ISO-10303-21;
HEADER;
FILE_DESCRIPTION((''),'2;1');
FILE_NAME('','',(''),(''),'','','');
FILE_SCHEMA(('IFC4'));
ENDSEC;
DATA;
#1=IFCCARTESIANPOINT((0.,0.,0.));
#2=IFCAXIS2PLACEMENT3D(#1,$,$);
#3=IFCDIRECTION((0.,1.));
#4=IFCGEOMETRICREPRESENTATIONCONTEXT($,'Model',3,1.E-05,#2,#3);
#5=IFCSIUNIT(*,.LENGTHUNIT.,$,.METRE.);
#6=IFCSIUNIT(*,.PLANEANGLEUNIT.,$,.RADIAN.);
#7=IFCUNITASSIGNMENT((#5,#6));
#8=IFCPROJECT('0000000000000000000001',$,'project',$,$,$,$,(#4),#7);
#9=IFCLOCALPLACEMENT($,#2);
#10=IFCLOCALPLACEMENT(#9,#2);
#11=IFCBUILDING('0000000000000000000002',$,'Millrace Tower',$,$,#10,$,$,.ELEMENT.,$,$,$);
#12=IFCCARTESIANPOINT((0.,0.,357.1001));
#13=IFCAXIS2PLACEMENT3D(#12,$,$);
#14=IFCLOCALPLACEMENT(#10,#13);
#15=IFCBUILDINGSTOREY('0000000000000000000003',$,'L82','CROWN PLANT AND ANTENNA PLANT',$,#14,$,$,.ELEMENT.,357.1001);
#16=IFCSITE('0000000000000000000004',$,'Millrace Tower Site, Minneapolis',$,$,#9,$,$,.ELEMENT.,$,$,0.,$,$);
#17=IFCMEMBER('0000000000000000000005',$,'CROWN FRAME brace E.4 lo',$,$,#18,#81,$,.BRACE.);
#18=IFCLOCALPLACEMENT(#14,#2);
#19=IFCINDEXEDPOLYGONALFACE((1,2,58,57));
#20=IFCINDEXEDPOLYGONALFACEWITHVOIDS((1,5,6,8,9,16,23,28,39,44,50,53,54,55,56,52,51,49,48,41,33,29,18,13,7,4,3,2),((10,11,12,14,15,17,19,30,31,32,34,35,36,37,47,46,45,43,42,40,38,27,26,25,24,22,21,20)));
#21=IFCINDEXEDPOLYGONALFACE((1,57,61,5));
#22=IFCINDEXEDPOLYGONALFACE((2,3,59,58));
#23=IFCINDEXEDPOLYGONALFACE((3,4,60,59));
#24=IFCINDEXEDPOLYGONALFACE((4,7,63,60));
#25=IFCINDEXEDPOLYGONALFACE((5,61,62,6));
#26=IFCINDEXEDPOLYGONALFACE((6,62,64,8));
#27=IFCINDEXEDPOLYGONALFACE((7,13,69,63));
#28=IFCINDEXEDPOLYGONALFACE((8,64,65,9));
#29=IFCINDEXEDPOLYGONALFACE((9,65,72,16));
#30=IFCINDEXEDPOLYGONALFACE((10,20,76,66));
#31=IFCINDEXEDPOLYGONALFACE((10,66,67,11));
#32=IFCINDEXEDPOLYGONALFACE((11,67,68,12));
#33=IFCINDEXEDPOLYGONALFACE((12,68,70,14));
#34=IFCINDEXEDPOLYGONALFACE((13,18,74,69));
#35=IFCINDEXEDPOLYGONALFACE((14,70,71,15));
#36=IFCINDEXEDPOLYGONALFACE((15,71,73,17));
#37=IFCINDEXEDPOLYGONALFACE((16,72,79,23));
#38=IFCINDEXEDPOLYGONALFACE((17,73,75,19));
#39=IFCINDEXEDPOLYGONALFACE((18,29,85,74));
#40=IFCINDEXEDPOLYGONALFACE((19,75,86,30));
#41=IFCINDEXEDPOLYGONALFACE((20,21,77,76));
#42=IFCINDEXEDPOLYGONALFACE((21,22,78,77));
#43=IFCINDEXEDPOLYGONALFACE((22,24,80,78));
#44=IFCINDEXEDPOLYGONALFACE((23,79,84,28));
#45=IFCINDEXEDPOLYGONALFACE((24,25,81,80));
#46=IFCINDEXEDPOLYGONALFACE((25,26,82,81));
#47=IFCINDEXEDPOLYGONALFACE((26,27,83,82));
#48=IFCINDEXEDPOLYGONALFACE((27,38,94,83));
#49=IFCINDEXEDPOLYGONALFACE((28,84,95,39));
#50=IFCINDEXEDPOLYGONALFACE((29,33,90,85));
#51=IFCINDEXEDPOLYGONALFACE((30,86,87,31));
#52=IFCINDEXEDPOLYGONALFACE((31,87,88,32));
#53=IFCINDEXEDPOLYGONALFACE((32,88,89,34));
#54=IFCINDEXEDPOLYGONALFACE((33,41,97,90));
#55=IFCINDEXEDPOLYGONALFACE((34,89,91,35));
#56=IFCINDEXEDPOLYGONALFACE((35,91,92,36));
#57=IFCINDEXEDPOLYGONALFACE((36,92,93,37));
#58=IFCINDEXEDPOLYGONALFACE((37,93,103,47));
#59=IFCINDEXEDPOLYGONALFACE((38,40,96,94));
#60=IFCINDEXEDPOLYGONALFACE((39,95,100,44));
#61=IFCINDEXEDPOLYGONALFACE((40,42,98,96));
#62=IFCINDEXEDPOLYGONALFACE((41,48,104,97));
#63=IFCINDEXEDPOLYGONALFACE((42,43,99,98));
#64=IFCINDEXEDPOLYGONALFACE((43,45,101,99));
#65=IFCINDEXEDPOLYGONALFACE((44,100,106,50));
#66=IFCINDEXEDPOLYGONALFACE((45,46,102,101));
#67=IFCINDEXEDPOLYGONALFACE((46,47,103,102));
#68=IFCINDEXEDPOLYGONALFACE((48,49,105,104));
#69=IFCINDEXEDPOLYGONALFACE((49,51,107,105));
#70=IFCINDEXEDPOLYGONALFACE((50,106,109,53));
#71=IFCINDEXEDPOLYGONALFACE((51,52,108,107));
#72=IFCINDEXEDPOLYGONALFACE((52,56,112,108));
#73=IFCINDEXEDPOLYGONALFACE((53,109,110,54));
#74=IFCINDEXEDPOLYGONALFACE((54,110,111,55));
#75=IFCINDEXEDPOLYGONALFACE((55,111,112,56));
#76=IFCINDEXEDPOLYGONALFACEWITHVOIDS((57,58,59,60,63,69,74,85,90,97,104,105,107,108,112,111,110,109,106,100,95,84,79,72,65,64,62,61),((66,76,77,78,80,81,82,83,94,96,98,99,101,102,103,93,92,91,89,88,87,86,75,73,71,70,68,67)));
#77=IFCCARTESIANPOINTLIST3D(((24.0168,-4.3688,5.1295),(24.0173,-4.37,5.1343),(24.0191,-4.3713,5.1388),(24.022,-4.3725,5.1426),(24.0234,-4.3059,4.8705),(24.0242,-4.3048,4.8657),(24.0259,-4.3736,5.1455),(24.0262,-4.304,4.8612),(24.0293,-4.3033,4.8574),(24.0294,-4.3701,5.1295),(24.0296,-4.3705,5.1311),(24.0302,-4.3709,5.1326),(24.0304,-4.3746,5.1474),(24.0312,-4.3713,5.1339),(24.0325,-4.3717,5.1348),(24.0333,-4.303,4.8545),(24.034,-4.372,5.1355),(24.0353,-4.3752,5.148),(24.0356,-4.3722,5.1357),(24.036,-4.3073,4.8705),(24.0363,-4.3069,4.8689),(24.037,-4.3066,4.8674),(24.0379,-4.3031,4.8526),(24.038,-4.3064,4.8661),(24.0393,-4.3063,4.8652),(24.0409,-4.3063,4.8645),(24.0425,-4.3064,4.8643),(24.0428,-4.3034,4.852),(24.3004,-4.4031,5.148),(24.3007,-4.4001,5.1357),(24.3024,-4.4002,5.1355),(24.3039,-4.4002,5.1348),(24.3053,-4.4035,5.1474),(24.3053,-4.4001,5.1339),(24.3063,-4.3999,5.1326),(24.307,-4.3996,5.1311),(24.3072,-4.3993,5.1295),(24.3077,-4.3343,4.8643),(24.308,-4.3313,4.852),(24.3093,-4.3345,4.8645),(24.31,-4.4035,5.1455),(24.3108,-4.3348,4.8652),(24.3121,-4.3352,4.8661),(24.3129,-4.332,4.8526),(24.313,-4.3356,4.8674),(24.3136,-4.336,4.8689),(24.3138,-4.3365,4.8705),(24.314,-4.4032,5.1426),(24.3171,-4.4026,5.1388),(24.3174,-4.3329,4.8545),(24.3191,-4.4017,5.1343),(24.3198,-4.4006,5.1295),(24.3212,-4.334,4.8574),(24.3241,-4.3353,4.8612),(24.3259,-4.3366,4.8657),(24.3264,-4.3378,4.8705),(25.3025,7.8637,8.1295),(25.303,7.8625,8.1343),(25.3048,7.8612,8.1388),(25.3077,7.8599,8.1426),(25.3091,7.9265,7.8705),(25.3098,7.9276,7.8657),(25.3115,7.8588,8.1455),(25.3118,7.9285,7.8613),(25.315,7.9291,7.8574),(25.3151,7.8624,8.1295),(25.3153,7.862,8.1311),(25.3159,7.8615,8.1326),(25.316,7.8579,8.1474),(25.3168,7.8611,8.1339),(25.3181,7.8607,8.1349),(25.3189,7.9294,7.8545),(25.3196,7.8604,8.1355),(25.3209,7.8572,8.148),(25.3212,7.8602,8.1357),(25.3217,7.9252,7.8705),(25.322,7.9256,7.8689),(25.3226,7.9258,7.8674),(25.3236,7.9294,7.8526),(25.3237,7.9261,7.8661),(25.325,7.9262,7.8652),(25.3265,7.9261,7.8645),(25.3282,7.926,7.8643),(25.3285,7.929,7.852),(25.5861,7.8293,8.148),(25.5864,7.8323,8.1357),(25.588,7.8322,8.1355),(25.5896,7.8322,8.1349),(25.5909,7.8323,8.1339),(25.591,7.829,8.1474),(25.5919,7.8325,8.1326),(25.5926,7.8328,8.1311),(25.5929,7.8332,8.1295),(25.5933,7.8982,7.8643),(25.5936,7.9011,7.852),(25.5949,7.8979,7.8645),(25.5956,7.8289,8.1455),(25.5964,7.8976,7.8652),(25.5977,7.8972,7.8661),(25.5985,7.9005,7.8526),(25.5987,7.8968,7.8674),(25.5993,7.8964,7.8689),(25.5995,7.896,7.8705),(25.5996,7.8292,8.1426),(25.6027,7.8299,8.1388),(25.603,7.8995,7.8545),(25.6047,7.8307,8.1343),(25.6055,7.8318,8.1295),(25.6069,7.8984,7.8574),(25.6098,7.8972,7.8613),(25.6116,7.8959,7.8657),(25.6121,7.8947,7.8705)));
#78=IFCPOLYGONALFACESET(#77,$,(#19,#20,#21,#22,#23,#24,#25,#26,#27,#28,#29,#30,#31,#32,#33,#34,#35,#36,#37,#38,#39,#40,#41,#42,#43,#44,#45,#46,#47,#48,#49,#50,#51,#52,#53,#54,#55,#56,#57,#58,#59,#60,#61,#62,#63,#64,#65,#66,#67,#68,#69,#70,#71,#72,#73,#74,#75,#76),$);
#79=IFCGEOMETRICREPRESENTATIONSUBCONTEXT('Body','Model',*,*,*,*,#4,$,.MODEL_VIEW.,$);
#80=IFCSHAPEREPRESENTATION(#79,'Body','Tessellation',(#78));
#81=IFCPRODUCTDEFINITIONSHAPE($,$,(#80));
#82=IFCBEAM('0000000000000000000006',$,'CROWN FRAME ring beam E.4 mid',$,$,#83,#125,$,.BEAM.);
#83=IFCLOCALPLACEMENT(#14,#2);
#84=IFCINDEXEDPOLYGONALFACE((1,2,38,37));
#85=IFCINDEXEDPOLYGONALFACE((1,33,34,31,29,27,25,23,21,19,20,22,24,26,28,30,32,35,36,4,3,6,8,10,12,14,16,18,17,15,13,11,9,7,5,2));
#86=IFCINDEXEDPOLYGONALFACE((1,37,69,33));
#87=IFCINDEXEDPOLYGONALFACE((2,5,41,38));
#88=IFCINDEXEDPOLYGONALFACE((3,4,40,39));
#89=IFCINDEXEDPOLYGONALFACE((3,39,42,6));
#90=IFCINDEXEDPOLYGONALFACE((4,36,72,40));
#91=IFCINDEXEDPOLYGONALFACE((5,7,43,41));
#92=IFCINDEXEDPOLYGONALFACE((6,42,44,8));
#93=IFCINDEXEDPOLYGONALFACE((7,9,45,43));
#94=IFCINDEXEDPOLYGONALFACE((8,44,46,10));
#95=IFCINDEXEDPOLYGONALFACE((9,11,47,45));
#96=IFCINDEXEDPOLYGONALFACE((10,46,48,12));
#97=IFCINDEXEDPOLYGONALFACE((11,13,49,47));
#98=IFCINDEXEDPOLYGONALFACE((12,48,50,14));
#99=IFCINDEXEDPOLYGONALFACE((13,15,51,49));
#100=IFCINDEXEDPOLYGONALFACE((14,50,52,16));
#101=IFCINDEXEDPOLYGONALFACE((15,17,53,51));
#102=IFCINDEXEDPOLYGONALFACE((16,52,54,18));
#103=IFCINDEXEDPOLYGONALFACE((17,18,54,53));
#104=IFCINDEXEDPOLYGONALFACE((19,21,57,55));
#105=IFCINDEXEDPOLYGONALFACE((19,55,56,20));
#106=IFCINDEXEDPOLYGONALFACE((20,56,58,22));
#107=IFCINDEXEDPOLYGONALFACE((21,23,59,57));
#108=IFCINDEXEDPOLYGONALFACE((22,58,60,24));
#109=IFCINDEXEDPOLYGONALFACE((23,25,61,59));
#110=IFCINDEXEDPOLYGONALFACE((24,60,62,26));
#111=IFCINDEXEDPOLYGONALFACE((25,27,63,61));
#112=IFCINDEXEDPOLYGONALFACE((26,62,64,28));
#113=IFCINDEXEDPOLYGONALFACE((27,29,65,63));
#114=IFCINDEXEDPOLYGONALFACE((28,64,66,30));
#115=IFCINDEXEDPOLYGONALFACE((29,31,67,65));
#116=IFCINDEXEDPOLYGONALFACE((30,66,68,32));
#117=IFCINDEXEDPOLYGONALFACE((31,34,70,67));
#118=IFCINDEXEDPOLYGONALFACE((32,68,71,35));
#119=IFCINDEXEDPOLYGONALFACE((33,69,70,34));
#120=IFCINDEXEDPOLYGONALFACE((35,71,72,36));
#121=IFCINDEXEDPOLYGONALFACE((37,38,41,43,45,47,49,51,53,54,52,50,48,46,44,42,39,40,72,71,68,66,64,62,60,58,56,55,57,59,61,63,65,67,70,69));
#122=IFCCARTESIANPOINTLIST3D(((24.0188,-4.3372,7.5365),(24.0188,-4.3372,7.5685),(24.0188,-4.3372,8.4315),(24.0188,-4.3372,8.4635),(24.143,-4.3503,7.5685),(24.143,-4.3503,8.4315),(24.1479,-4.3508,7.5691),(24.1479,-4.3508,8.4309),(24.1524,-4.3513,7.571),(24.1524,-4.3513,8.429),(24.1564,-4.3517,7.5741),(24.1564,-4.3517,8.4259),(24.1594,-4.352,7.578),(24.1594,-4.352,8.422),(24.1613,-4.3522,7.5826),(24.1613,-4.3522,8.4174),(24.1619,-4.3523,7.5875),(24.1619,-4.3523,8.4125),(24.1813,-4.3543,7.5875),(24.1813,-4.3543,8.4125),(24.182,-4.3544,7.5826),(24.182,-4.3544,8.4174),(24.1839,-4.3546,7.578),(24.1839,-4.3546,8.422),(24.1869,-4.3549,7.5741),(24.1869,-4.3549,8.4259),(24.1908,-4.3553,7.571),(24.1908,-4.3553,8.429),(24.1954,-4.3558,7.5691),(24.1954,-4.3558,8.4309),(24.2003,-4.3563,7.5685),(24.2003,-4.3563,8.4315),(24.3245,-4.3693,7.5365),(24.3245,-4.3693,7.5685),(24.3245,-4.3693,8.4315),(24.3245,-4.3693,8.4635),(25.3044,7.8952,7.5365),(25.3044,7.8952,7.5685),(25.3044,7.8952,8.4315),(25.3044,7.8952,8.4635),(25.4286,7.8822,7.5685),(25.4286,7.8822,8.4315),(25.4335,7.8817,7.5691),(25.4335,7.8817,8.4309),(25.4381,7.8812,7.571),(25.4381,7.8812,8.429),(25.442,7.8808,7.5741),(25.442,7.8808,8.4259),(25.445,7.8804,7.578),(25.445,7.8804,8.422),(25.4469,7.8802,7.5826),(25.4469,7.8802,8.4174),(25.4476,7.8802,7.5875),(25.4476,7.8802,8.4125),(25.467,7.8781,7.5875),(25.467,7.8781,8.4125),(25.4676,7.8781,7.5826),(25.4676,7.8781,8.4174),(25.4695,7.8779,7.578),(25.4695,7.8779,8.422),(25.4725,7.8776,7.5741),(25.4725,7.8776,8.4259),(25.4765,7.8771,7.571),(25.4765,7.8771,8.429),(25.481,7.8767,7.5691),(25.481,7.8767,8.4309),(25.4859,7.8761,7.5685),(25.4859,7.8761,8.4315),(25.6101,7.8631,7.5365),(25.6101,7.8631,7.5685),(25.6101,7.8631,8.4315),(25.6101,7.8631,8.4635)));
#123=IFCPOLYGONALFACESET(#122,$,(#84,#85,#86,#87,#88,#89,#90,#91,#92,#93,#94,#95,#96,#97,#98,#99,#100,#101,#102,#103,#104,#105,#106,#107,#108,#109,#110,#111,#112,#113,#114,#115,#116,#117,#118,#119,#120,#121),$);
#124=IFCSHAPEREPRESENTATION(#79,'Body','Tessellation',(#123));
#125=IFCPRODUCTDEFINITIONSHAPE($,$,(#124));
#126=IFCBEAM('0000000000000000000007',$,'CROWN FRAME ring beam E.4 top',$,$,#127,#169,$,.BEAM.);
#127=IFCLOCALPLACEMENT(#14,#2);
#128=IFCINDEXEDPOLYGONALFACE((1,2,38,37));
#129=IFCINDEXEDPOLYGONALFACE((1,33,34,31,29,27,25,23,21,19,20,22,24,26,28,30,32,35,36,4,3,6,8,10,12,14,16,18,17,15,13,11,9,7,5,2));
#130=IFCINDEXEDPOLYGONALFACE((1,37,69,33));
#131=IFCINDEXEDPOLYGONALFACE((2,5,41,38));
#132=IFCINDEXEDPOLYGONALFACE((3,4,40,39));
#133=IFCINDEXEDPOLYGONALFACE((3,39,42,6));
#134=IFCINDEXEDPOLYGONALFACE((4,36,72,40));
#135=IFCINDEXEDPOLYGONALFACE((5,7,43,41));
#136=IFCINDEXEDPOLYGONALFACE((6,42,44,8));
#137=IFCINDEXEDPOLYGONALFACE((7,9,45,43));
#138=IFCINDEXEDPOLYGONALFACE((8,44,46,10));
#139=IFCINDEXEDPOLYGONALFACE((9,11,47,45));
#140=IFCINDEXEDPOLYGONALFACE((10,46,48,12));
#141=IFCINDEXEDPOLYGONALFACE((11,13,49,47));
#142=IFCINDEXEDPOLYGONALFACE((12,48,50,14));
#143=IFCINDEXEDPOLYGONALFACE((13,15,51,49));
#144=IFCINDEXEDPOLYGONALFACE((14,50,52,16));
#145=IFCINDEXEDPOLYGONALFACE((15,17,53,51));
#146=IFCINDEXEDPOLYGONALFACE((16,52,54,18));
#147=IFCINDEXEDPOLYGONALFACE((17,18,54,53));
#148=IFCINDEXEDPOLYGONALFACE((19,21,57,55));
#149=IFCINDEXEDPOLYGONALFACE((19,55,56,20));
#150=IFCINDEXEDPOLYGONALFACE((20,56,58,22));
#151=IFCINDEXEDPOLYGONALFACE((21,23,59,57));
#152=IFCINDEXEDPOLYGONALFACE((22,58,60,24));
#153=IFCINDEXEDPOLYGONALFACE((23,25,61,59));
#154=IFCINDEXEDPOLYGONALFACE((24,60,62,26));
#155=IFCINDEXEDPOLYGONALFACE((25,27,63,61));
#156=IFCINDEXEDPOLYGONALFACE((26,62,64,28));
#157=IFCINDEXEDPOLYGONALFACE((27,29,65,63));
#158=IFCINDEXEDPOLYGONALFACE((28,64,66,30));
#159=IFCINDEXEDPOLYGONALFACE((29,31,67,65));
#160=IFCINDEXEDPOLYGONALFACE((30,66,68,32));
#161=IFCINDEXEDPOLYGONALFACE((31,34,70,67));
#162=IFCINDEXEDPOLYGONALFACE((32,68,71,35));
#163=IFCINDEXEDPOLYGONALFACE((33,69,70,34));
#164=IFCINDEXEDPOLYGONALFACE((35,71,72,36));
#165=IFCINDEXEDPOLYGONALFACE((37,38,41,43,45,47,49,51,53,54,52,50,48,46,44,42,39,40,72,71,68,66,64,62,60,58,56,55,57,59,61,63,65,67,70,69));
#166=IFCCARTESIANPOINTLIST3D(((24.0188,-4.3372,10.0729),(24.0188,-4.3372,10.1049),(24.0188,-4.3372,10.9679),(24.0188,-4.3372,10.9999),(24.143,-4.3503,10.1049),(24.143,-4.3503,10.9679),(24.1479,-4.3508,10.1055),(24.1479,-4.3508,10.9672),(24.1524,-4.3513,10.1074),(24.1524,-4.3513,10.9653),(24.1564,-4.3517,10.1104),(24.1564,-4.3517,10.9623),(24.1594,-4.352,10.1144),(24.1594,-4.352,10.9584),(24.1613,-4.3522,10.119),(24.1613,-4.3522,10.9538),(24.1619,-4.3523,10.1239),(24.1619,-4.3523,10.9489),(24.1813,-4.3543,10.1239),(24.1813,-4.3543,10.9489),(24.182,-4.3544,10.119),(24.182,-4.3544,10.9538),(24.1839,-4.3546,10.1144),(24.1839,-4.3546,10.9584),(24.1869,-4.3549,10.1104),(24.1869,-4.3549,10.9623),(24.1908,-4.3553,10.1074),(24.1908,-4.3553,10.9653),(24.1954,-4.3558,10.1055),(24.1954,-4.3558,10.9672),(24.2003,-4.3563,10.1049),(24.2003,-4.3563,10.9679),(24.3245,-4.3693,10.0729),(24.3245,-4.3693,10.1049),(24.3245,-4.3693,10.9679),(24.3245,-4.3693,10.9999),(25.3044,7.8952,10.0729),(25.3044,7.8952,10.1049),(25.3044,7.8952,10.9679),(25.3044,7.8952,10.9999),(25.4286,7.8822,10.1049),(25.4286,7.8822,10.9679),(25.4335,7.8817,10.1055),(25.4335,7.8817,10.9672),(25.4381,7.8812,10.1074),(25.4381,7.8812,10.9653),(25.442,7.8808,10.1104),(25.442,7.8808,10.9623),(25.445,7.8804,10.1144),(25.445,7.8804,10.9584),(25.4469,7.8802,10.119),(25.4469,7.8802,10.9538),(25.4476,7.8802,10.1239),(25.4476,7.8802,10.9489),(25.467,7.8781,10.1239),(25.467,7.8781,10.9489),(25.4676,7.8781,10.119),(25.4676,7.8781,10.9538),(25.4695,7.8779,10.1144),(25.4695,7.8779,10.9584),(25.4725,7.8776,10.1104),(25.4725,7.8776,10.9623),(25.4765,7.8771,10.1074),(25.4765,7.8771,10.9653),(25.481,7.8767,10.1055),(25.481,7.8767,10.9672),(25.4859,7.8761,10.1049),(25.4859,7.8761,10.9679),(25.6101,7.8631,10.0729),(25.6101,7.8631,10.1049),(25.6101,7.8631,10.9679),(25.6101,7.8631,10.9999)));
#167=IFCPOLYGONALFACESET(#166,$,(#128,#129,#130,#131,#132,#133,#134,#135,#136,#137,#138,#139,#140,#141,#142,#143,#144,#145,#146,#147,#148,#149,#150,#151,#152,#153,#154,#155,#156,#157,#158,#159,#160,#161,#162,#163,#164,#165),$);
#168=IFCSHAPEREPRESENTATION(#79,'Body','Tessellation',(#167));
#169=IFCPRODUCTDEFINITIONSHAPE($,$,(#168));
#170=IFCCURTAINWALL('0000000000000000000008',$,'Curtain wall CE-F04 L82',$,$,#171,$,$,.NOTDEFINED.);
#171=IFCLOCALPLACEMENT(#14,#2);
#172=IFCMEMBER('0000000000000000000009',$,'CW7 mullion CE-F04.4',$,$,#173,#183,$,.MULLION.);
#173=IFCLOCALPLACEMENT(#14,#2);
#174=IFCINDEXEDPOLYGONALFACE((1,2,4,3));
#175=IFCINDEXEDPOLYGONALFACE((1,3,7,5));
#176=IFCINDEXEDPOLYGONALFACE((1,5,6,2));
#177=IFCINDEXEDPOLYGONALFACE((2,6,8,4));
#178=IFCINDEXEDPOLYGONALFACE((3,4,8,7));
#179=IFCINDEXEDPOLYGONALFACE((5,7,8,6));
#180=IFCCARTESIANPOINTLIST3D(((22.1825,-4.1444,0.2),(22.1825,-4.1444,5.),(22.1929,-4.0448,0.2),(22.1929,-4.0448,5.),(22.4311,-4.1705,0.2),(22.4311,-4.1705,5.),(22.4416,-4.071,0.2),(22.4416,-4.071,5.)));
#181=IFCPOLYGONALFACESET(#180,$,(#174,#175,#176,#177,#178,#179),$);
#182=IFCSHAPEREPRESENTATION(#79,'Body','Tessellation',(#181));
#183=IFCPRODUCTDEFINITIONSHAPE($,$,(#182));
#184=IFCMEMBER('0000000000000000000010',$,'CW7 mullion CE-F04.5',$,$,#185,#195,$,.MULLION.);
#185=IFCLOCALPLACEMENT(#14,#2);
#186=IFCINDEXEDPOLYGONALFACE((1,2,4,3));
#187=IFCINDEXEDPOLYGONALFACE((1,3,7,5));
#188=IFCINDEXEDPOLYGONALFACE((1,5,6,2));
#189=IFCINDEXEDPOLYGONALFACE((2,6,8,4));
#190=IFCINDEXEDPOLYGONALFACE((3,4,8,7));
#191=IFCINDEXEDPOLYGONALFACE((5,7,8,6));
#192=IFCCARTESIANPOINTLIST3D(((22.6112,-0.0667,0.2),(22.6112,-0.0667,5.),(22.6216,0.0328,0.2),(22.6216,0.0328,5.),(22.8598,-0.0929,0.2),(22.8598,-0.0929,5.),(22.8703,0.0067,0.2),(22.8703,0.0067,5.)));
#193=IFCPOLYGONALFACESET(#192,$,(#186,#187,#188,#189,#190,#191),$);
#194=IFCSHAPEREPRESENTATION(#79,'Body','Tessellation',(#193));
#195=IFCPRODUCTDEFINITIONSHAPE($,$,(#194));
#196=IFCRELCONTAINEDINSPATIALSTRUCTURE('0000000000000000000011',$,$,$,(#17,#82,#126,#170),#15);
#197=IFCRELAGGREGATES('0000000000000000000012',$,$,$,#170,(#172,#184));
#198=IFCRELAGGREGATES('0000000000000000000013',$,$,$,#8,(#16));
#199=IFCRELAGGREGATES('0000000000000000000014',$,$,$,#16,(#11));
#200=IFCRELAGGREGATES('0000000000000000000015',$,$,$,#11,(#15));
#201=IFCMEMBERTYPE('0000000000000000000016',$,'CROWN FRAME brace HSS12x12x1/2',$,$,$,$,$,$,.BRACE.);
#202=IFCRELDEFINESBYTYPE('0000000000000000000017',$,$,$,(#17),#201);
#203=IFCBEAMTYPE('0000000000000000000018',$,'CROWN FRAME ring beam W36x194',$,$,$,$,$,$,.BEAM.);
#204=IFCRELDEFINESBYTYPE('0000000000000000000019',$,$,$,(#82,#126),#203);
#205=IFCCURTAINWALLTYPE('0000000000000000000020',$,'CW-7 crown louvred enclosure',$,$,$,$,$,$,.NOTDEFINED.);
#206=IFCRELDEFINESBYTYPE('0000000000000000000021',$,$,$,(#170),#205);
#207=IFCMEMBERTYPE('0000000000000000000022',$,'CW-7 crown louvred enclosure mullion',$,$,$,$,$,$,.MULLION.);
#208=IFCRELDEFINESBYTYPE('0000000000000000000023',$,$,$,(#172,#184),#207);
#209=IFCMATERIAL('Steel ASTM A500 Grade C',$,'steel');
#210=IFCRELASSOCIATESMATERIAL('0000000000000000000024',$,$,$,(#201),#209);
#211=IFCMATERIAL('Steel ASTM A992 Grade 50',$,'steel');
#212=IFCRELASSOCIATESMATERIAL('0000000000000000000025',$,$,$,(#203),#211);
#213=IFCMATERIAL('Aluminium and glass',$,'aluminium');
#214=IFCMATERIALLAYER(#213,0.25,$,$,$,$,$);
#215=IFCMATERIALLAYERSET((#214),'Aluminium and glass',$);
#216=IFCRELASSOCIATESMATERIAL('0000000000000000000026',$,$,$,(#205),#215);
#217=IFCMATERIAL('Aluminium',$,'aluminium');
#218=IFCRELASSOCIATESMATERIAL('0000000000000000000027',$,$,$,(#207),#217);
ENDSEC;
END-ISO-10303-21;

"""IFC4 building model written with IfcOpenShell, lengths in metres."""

from ifc_helpers import new_model, si_unit, direction, frame, origin, origin_2d, place, context, subcontext, project, spatial, rectangle, hollow_rectangle, i_section, extrude, material, layer, layer_set, material_profile, profile_set, type_object, element, aggregate, save


model = new_model("IFC4")

# Units and contexts
model_context = context("Model", 3, precision=1e-05, world=origin(), true_north=direction((0.0, 1.0)))
body_context = subcontext(model_context, "Body", "Model", "MODEL_VIEW")
ifc_project = project(units=[si_unit("LENGTHUNIT", "METRE"), si_unit("PLANEANGLEUNIT", "RADIAN")], contexts=[model_context])

# Site, building, storey
site_placement = place(None, origin())
site = spatial("IfcSite", under=ifc_project, at=site_placement, Name="Millrace Tower Site, Minneapolis", CompositionType="ELEMENT", RefElevation=0.0)
building_placement = place(site_placement, origin())
building = spatial("IfcBuilding", under=site, at=building_placement, Name="Millrace Tower", CompositionType="ELEMENT")
storey_placement = place(building_placement, frame((0.0, 0.0, 357.1001)))
storey = spatial("IfcBuildingStorey", under=building, at=storey_placement, Name="L82", Description="CROWN PLANT AND ANTENNA PLANT", CompositionType="ELEMENT", Elevation=357.1001)

# Member
ifc_material_1 = material(Name="Steel ASTM A500 Grade C", Category="steel")
ifc_material_profile_1 = material_profile(ifc_material_1, hollow_rectangle(XDim=0.3047, YDim=0.3047, WallThickness=0.0127, InnerFilletRadius=0.0063, OuterFilletRadius=0.019, at=origin_2d()))
ifc_profile_set_1 = profile_set([ifc_material_profile_1], Name="Steel ASTM A500 Grade C")
member_type_1 = type_object("IfcMemberType", Name="CROWN FRAME brace HSS12x12x1/2", PredefinedType="BRACE", material=ifc_profile_set_1)
member_1_placement = place(storey_placement, frame((24.1716, -4.3533, 5.0), z_axis=(0.101549, 0.966198, 0.23696), x_axis=(-0.994522, 0.104526, 0.0)))
element("IfcMember", 1, at=member_1_placement, inside=storey, type_object=member_type_1, Name="CROWN FRAME brace E.4 lo", PredefinedType="BRACE", context=body_context, shape_type="SweptSolid", body=[
    extrude(hollow_rectangle(XDim=0.3047, YDim=0.3047, WallThickness=0.0127, InnerFilletRadius=0.0063, OuterFilletRadius=0.019, at=origin_2d()), origin(), (0.0, 0.0, 1.0), 12.6604),
])

# Beams
ifc_material_2 = material(Name="Steel ASTM A992 Grade 50", Category="steel")
ifc_material_profile_2 = material_profile(ifc_material_2, i_section(OverallWidth=0.3074, OverallDepth=0.927, WebThickness=0.0195, FlangeThickness=0.032, FilletRadius=0.019, at=origin_2d()))
ifc_profile_set_2 = profile_set([ifc_material_profile_2], Name="Steel ASTM A992 Grade 50")
beam_type_1 = type_object("IfcBeamType", Name="CROWN FRAME ring beam W36x194", PredefinedType="BEAM", material=ifc_profile_set_2)
for number, where, z_axis, x_axis, name in (
    (2, (24.1716, -4.3533, 8.0), (0.104526, 0.994522, 0.0), (-0.994522, 0.104526, 0.0), "CROWN FRAME ring beam E.4 mid"),
    (3, (24.1716, -4.3533, 10.5364), (0.104526, 0.994522, 0.0), (-0.994522, 0.104526, 0.0), "CROWN FRAME ring beam E.4 top"),
):
    element("IfcBeam", number, at=place(storey_placement, frame(where, z_axis=z_axis, x_axis=x_axis)), inside=storey, type_object=beam_type_1, Name=name, PredefinedType="BEAM", context=body_context, shape_type="SweptSolid", body=[
        extrude(i_section(OverallWidth=0.3074, OverallDepth=0.927, WebThickness=0.0195, FlangeThickness=0.032, FilletRadius=0.019, at=origin_2d()), origin(), (0.0, 0.0, 1.0), 12.2998),
    ])

# Curtain wall, members
ifc_material_3 = material(Name="Aluminium and glass", Category="aluminium")
ifc_layer_1 = layer(ifc_material_3, 0.25)
ifc_layer_set_1 = layer_set([ifc_layer_1], Name="Aluminium and glass")
curtain_wall_type = type_object("IfcCurtainWallType", Name="CW-7 crown louvred enclosure", PredefinedType="NOTDEFINED", material=ifc_layer_set_1)
curtain_wall_placement = place(storey_placement, origin())
curtain_wall = element("IfcCurtainWall", 4, at=curtain_wall_placement, inside=storey, type_object=curtain_wall_type, Name="Curtain wall CE-F04 L82", PredefinedType="NOTDEFINED")
ifc_material_4 = material(Name="Aluminium", Category="aluminium")
ifc_material_profile_3 = material_profile(ifc_material_4, rectangle(XDim=0.1001, YDim=0.25, at=origin_2d()))
ifc_profile_set_3 = profile_set([ifc_material_profile_3], Name="Aluminium")
member_type_2 = type_object("IfcMemberType", Name="CW-7 crown louvred enclosure mullion", PredefinedType="MULLION", material=ifc_profile_set_3)
member_2_placement = place(storey_placement, frame((22.312, -4.1077, 0.2), z_axis=(0.0, 0.0, 1.0), x_axis=(0.104528, 0.994522, 0.0)))
member_2 = element("IfcMember", 5, at=member_2_placement, type_object=member_type_2, Name="CW7 mullion CE-F04.4", PredefinedType="MULLION", context=body_context, shape_type="SweptSolid", body=[
    extrude(rectangle(XDim=0.1001, YDim=0.25, at=origin_2d()), origin(), (0.0, 0.0, 1.0), 4.8),
])
member_3_placement = place(storey_placement, frame((22.7407, -0.03, 0.2), z_axis=(0.0, 0.0, 1.0), x_axis=(0.104528, 0.994522, 0.0)))
member_3 = element("IfcMember", 6, at=member_3_placement, type_object=member_type_2, Name="CW7 mullion CE-F04.5", PredefinedType="MULLION", context=body_context, shape_type="SweptSolid", body=[
    extrude(rectangle(XDim=0.1001, YDim=0.25, at=origin_2d()), origin(), (0.0, 0.0, 1.0), 4.8),
])
aggregate(curtain_wall, [member_2, member_3])

save(model, "model.ifc")
